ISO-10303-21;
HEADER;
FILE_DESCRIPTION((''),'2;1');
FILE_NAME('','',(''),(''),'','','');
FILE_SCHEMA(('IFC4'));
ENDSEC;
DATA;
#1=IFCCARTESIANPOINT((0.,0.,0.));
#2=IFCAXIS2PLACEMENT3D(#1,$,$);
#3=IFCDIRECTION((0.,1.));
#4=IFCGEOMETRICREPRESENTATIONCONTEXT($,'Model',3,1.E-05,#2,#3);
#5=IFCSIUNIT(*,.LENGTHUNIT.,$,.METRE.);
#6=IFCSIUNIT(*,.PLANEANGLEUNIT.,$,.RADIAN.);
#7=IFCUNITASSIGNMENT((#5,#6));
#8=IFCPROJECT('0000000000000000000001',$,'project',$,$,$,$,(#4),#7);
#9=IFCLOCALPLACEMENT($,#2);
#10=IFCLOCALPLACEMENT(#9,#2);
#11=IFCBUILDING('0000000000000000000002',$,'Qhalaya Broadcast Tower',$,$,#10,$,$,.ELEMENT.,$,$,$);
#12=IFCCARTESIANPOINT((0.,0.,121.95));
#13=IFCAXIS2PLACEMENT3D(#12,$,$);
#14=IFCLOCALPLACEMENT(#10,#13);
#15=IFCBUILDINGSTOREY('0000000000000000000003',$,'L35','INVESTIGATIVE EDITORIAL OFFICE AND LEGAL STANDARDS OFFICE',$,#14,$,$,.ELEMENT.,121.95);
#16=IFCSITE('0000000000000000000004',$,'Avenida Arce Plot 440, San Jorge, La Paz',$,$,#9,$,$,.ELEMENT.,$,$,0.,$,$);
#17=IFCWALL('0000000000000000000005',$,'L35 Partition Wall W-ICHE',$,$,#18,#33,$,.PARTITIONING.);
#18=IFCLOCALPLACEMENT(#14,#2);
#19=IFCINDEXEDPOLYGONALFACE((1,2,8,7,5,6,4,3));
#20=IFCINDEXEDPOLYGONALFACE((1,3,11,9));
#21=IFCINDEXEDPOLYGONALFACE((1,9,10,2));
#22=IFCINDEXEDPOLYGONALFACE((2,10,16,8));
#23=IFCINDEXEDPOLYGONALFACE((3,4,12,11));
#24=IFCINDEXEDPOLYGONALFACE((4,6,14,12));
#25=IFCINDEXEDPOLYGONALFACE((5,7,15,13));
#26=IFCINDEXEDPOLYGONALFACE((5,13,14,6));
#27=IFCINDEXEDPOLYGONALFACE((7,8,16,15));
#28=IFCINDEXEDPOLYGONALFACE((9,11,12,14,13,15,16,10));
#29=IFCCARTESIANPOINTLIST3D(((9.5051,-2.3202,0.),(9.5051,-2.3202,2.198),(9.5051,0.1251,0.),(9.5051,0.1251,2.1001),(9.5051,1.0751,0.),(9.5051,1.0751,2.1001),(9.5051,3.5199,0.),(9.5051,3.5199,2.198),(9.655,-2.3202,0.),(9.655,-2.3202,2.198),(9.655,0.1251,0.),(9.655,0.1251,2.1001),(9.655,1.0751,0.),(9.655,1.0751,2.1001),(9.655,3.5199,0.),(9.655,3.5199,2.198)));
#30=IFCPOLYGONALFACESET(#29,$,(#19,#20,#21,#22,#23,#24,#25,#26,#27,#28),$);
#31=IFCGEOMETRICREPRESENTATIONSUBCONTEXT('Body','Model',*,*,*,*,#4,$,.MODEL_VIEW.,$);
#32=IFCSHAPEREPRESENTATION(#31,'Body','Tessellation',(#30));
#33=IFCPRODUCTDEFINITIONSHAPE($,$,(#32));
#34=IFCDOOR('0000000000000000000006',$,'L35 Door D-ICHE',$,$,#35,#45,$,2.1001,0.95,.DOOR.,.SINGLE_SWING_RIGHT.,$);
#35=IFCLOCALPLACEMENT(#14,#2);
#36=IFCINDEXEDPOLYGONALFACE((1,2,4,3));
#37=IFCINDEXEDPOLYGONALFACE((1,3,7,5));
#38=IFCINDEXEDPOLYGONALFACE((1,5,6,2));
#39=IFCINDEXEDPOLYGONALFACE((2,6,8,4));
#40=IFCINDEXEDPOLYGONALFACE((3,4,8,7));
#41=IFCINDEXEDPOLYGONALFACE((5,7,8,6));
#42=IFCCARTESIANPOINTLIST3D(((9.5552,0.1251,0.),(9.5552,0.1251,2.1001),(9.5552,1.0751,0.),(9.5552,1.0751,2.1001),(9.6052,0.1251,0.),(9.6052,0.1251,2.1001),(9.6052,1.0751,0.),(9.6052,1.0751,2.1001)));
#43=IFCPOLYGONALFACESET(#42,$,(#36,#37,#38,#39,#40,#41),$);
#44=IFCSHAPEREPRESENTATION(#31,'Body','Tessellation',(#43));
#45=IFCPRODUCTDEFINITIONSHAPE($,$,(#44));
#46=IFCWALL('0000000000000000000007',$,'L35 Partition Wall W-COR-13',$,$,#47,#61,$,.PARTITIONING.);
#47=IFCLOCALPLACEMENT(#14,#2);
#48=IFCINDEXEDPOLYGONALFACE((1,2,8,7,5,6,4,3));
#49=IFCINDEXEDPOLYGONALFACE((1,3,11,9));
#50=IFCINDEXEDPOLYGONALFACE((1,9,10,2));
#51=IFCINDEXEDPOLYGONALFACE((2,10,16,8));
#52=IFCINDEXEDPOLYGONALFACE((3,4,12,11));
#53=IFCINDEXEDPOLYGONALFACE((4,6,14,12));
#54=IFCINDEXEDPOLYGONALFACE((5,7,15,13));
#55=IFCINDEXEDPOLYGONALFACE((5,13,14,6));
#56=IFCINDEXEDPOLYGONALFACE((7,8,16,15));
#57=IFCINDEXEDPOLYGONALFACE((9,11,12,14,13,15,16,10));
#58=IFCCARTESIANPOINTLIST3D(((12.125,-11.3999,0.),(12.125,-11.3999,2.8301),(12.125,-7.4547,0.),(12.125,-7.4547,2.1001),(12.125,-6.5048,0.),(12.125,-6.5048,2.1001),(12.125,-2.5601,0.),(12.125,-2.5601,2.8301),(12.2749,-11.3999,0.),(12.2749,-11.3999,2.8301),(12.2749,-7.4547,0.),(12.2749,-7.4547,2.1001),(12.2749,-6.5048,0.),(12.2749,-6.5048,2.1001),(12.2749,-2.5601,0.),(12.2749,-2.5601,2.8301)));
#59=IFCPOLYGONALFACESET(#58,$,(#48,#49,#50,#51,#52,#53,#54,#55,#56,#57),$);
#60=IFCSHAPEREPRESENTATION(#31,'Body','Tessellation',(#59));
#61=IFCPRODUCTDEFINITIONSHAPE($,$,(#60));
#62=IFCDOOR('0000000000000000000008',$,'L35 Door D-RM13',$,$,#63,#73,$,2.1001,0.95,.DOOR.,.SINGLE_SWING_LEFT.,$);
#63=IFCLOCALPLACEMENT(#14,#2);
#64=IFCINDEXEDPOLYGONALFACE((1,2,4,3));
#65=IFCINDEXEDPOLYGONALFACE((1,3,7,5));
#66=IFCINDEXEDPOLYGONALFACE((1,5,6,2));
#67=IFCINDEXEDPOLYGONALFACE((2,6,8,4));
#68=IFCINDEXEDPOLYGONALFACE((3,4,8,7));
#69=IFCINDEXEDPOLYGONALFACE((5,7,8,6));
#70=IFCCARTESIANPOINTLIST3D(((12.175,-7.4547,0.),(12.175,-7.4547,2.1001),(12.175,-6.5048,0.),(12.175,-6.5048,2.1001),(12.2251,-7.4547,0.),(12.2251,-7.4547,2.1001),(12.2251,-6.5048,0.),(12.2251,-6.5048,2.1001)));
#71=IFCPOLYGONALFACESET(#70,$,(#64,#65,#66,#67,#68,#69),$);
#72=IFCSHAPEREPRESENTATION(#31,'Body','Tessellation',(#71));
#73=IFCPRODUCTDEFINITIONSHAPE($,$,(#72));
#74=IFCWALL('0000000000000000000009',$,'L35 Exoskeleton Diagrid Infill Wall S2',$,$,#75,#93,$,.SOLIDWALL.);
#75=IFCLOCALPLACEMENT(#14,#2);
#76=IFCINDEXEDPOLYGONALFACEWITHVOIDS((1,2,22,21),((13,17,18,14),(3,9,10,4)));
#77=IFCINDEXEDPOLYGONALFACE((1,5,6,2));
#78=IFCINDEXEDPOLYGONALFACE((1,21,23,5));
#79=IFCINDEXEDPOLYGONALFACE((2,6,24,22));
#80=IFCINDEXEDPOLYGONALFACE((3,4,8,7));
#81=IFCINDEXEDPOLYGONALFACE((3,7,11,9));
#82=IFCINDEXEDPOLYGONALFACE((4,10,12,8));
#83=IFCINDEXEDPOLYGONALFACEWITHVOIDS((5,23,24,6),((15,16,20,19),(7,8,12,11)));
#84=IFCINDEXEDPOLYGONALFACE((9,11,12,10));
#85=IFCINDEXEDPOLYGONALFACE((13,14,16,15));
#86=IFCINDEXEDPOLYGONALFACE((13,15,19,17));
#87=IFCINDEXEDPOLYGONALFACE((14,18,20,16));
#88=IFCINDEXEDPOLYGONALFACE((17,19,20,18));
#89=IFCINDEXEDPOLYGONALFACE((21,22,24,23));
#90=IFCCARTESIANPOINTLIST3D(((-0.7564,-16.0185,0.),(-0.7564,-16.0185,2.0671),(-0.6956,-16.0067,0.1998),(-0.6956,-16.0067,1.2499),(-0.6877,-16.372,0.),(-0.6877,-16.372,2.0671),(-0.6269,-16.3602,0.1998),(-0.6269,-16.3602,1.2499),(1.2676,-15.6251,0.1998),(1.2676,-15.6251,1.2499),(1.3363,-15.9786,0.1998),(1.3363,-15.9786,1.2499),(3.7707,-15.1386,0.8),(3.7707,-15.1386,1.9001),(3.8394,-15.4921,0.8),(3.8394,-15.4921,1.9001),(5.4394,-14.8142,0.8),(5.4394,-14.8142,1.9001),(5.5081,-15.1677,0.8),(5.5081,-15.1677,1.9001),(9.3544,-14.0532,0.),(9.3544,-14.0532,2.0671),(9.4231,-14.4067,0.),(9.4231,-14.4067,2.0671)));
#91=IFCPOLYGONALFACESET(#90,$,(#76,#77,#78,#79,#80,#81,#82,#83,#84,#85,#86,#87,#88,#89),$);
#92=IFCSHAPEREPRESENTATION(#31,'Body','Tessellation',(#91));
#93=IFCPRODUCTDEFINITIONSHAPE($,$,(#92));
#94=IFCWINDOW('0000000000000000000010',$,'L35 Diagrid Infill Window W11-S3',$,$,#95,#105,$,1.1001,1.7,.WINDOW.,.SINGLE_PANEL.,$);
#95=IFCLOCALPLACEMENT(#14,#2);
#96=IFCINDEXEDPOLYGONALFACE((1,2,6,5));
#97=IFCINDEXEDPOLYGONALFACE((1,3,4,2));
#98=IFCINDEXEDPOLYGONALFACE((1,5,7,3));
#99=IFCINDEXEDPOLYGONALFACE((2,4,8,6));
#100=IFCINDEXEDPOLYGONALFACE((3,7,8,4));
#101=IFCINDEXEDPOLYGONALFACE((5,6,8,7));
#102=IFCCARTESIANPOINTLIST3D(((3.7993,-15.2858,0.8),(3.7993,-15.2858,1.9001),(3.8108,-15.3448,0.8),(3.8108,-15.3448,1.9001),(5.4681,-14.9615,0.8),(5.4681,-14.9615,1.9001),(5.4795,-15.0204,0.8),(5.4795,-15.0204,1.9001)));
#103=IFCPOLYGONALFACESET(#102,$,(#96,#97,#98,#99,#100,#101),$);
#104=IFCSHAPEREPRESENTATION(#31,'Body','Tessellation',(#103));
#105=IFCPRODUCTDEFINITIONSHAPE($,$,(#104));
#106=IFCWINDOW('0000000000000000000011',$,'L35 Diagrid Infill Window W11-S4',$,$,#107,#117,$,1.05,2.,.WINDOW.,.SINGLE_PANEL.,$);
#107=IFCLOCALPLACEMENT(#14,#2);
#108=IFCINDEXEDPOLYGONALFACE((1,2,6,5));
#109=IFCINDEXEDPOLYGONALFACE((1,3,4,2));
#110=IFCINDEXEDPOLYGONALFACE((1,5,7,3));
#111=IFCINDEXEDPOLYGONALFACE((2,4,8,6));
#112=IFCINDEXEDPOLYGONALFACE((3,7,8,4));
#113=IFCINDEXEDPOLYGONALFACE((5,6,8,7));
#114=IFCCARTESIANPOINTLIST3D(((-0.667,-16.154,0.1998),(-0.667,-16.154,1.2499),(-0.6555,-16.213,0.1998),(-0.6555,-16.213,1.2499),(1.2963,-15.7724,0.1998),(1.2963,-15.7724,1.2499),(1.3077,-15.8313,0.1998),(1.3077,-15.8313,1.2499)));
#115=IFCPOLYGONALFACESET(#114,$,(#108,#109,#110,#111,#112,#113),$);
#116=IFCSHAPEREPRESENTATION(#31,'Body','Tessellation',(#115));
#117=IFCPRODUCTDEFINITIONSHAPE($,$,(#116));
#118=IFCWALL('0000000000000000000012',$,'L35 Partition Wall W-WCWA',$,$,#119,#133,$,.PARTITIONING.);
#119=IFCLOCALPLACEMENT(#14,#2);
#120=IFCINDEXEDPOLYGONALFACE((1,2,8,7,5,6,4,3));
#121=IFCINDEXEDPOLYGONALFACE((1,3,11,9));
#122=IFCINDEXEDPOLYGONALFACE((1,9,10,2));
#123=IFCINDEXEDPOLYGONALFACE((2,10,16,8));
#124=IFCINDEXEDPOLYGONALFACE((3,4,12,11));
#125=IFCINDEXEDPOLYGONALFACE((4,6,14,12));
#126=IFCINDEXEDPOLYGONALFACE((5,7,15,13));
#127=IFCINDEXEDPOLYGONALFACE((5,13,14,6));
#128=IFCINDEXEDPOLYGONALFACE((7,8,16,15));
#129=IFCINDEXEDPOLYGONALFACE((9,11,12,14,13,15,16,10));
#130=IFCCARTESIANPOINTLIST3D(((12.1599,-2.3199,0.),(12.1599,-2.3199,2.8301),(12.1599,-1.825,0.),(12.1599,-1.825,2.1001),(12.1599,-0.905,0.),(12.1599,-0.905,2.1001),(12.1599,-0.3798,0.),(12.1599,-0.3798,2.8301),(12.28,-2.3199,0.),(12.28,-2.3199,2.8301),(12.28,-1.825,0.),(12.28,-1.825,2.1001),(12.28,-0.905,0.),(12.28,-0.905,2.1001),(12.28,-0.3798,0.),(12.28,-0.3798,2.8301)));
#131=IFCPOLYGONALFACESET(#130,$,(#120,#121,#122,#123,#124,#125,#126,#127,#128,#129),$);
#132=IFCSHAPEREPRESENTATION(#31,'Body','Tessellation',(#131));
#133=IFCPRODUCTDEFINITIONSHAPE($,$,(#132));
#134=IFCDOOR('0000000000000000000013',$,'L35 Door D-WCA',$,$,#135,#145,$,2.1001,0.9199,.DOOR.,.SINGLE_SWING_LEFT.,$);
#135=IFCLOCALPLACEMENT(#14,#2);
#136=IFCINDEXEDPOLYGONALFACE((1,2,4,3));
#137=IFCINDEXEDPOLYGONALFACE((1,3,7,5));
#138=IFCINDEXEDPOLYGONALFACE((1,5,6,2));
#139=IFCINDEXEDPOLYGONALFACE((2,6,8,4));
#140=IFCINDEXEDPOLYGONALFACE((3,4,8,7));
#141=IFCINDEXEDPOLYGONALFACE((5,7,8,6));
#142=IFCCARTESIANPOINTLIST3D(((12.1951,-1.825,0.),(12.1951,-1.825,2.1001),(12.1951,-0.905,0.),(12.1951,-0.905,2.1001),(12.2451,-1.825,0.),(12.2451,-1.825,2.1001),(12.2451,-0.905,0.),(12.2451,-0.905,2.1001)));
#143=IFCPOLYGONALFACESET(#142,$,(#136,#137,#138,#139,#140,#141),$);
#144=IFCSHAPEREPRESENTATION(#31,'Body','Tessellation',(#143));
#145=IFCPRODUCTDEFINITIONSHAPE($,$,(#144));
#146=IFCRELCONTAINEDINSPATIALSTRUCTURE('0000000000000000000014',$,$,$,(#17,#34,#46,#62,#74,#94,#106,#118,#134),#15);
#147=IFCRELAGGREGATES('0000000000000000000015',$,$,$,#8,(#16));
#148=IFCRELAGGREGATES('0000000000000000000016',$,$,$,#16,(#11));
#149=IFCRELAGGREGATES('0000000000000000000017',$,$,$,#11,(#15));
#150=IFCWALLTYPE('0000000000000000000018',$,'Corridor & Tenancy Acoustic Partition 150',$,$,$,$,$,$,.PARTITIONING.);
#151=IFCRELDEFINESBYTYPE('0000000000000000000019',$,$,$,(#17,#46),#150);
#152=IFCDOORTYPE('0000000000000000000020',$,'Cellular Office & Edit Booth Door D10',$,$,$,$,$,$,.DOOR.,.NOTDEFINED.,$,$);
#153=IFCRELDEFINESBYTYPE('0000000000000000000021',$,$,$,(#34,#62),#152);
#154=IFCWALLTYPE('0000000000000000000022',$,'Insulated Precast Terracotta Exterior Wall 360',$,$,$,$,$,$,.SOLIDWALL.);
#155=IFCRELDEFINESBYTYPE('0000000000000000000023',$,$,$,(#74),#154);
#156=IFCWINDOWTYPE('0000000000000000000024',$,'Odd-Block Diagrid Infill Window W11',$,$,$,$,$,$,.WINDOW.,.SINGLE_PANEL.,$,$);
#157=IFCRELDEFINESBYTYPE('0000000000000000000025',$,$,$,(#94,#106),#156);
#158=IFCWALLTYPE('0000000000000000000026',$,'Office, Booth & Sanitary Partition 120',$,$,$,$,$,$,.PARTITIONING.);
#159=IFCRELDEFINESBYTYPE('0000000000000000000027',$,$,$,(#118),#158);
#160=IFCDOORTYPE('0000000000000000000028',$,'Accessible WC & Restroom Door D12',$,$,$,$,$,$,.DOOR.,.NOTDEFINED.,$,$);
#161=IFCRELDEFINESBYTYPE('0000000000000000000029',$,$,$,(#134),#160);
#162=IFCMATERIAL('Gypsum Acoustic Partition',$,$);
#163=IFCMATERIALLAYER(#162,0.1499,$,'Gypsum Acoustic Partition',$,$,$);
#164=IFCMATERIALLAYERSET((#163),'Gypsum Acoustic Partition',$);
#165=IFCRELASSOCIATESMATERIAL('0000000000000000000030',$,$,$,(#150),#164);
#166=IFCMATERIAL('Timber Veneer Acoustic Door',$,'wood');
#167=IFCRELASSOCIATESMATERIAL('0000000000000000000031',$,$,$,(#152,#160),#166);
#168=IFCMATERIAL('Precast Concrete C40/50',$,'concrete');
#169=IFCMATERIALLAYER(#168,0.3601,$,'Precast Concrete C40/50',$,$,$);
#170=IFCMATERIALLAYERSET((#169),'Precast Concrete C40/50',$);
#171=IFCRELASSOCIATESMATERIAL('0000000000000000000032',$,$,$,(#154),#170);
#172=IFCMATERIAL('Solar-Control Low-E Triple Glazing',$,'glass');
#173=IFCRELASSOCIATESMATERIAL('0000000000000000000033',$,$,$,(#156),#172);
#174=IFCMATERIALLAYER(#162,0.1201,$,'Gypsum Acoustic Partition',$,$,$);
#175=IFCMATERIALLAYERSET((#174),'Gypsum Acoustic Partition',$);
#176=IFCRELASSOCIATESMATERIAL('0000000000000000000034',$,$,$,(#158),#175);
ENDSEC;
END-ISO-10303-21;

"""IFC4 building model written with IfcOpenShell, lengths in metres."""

from ifc_helpers import new_model, si_unit, direction, frame, frame_2d, origin, place, context, subcontext, project, spatial, rectangle, extrude, material, layer, layer_set, type_object, element, fill, save


model = new_model("IFC4")

# Units and contexts
model_context = context("Model", 3, precision=1e-05, world=origin(), true_north=direction((0.0, 1.0)))
body_context = subcontext(model_context, "Body", "Model", "MODEL_VIEW")
ifc_project = project(units=[si_unit("LENGTHUNIT", "METRE"), si_unit("PLANEANGLEUNIT", "RADIAN")], contexts=[model_context])

# Site, building, storey
site_placement = place(None, origin())
site = spatial("IfcSite", under=ifc_project, at=site_placement, Name="Avenida Arce Plot 440, San Jorge, La Paz", CompositionType="ELEMENT", RefElevation=0.0)
building_placement = place(site_placement, origin())
building = spatial("IfcBuilding", under=site, at=building_placement, Name="Qhalaya Broadcast Tower", CompositionType="ELEMENT")
storey_placement = place(building_placement, frame((0.0, 0.0, 121.95)))
storey = spatial("IfcBuildingStorey", under=building, at=storey_placement, Name="L35", Description="INVESTIGATIVE EDITORIAL OFFICE AND LEGAL STANDARDS OFFICE", CompositionType="ELEMENT", Elevation=121.95)

# Walls, openings, doors
ifc_material_1 = material(Name="Gypsum Acoustic Partition")
ifc_layer_1 = layer(ifc_material_1, 0.1499, Name="Gypsum Acoustic Partition")
ifc_layer_set_1 = layer_set([ifc_layer_1], Name="Gypsum Acoustic Partition")
wall_type_1 = type_object("IfcWallType", Name="Corridor & Tenancy Acoustic Partition 150", PredefinedType="PARTITIONING", material=ifc_layer_set_1)
wall_1_placement = place(storey_placement, frame((9.5801, -2.3201, 0.0), z_axis=(0.0, 0.0, 1.0), x_axis=(0.0, 1.0, 0.0)))
wall_1 = element("IfcWall", 1, at=wall_1_placement, inside=storey, type_object=wall_type_1, Name="L35 Partition Wall W-ICHE", PredefinedType="PARTITIONING", context=body_context, shape_type="SweptSolid", body=[
    extrude(rectangle(XDim=5.8401, YDim=0.1499, at=frame_2d((2.9199, 0.0))), origin(), (0.0, 0.0, 1.0), 2.198),
])
opening_1_placement = place(wall_1_placement, frame((2.4451, 0.0, 0.0)))
opening_1 = element("IfcOpeningElement", 2, at=opening_1_placement, cuts=wall_1, PredefinedType="OPENING", context=body_context, shape_type="SweptSolid", body=[
    extrude(rectangle(XDim=0.95, YDim=2.1001, at=frame_2d((0.4751, 1.05))), frame((0.0, 0.0869, 0.0), z_axis=(0.0, -1.0, 0.0), x_axis=(1.0, 0.0, 0.0)), (0.0, 0.0, 1.0), 0.1738),
])
ifc_material_2 = material(Name="Timber Veneer Acoustic Door", Category="wood")
door_type_1 = type_object("IfcDoorType", Name="Cellular Office & Edit Booth Door D10", OperationType="NOTDEFINED", PredefinedType="DOOR", material=ifc_material_2)
door_1_placement = place(opening_1_placement, origin())
door_1 = element("IfcDoor", 3, at=door_1_placement, inside=storey, type_object=door_type_1, Name="L35 Door D-ICHE", OperationType="SINGLE_SWING_RIGHT", OverallHeight=2.1001, OverallWidth=0.95, PredefinedType="DOOR", context=body_context, shape_type="SweptSolid", body=[
    extrude(rectangle(XDim=0.95, YDim=2.1001, at=frame_2d((0.4751, 1.05))), frame((0.0, 0.0249, 0.0), z_axis=(0.0, -1.0, 0.0), x_axis=(1.0, 0.0, 0.0)), (0.0, 0.0, 1.0), 0.05),
])
fill(opening_1, door_1)
wall_2_placement = place(storey_placement, frame((12.2, -11.3999, 0.0), z_axis=(0.0, 0.0, 1.0), x_axis=(0.0, 1.0, 0.0)))
wall_2 = element("IfcWall", 4, at=wall_2_placement, inside=storey, type_object=wall_type_1, Name="L35 Partition Wall W-COR-13", PredefinedType="PARTITIONING", context=body_context, shape_type="SweptSolid", body=[
    extrude(rectangle(XDim=8.8398, YDim=0.1499, at=frame_2d((4.4199, 0.0))), origin(), (0.0, 0.0, 1.0), 2.8301),
])
opening_2_placement = place(wall_2_placement, frame((3.9451, 0.0, 0.0)))
opening_2 = element("IfcOpeningElement", 5, at=opening_2_placement, cuts=wall_2, PredefinedType="OPENING", context=body_context, shape_type="SweptSolid", body=[
    extrude(rectangle(XDim=0.95, YDim=2.1001, at=frame_2d((0.4751, 1.05))), frame((0.0, 0.0869, 0.0), z_axis=(0.0, -1.0, 0.0), x_axis=(1.0, 0.0, 0.0)), (0.0, 0.0, 1.0), 0.1738),
])
door_2_placement = place(opening_2_placement, origin())
door_2 = element("IfcDoor", 6, at=door_2_placement, inside=storey, type_object=door_type_1, Name="L35 Door D-RM13", OperationType="SINGLE_SWING_LEFT", OverallHeight=2.1001, OverallWidth=0.95, PredefinedType="DOOR", context=body_context, shape_type="SweptSolid", body=[
    extrude(rectangle(XDim=0.95, YDim=2.1001, at=frame_2d((0.4751, 1.05))), frame((0.0, 0.0249, 0.0), z_axis=(0.0, -1.0, 0.0), x_axis=(1.0, 0.0, 0.0)), (0.0, 0.0, 1.0), 0.05),
])
fill(opening_2, door_2)

# Wall, openings, windows
ifc_material_3 = material(Name="Precast Concrete C40/50", Category="concrete")
ifc_layer_2 = layer(ifc_material_3, 0.3601, Name="Precast Concrete C40/50")
ifc_layer_set_2 = layer_set([ifc_layer_2], Name="Precast Concrete C40/50")
wall_type_2 = type_object("IfcWallType", Name="Insulated Precast Terracotta Exterior Wall 360", PredefinedType="SOLIDWALL", material=ifc_layer_set_2)
wall_3_placement = place(storey_placement, frame((9.3887, -14.23, 0.0), z_axis=(0.0, 0.0, 1.0), x_axis=(-0.981627, -0.190807, 0.0)))
wall_3 = element("IfcWall", 7, at=wall_3_placement, inside=storey, type_object=wall_type_2, Name="L35 Exoskeleton Diagrid Infill Wall S2", PredefinedType="SOLIDWALL", context=body_context, shape_type="SweptSolid", body=[
    extrude(rectangle(XDim=10.3, YDim=0.3601, at=frame_2d((5.1499, 0.0))), origin(), (0.0, 0.0, 1.0), 2.0671),
])
opening_3_placement = place(wall_3_placement, frame((3.988, 0.0, 0.8)))
opening_3 = element("IfcOpeningElement", 8, at=opening_3_placement, cuts=wall_3, PredefinedType="OPENING", context=body_context, shape_type="SweptSolid", body=[
    extrude(rectangle(XDim=1.7, YDim=1.1001, at=frame_2d((0.8501, 0.55))), frame((0.0, 0.1921, 0.0), z_axis=(0.0, -1.0, 0.0), x_axis=(1.0, 0.0, 0.0)), (0.0, 0.0, 1.0), 0.384),
])
opening_4_placement = place(wall_3_placement, frame((8.238, 0.0, 0.2)))
opening_4 = element("IfcOpeningElement", 9, at=opening_4_placement, cuts=wall_3, PredefinedType="OPENING", context=body_context, shape_type="SweptSolid", body=[
    extrude(rectangle(XDim=2.0, YDim=1.05, at=frame_2d((1.0, 0.5249))), frame((0.0, 0.1921, 0.0), z_axis=(0.0, -1.0, 0.0), x_axis=(1.0, 0.0, 0.0)), (0.0, 0.0, 1.0), 0.384),
])
ifc_material_4 = material(Name="Solar-Control Low-E Triple Glazing", Category="glass")
window_type = type_object("IfcWindowType", Name="Odd-Block Diagrid Infill Window W11", PartitioningType="SINGLE_PANEL", PredefinedType="WINDOW", material=ifc_material_4)
window_1_placement = place(opening_3_placement, origin())
window_1 = element("IfcWindow", 10, at=window_1_placement, inside=storey, type_object=window_type, Name="L35 Diagrid Infill Window W11-S3", OverallHeight=1.1001, OverallWidth=1.7, PartitioningType="SINGLE_PANEL", PredefinedType="WINDOW", context=body_context, shape_type="SweptSolid", body=[
    extrude(rectangle(XDim=1.7, YDim=1.1001, at=frame_2d((0.8501, 0.55))), frame((0.0, 0.03, 0.0), z_axis=(0.0, -1.0, 0.0), x_axis=(1.0, 0.0, 0.0)), (0.0, 0.0, 1.0), 0.0601),
])
fill(opening_3, window_1)
window_2_placement = place(opening_4_placement, origin())
window_2 = element("IfcWindow", 11, at=window_2_placement, inside=storey, type_object=window_type, Name="L35 Diagrid Infill Window W11-S4", OverallHeight=1.05, OverallWidth=2.0, PartitioningType="SINGLE_PANEL", PredefinedType="WINDOW", context=body_context, shape_type="SweptSolid", body=[
    extrude(rectangle(XDim=2.0, YDim=1.05, at=frame_2d((1.0, 0.5249))), frame((0.0, 0.03, 0.0), z_axis=(0.0, -1.0, 0.0), x_axis=(1.0, 0.0, 0.0)), (0.0, 0.0, 1.0), 0.0601),
])
fill(opening_4, window_2)

# Wall, opening, door
ifc_layer_3 = layer(ifc_material_1, 0.1201, Name="Gypsum Acoustic Partition")
ifc_layer_set_3 = layer_set([ifc_layer_3], Name="Gypsum Acoustic Partition")
wall_type_3 = type_object("IfcWallType", Name="Office, Booth & Sanitary Partition 120", PredefinedType="PARTITIONING", material=ifc_layer_set_3)
wall_4_placement = place(storey_placement, frame((12.22, -2.3201, 0.0), z_axis=(0.0, 0.0, 1.0), x_axis=(0.0, 1.0, 0.0)))
wall_4 = element("IfcWall", 12, at=wall_4_placement, inside=storey, type_object=wall_type_3, Name="L35 Partition Wall W-WCWA", PredefinedType="PARTITIONING", context=body_context, shape_type="SweptSolid", body=[
    extrude(rectangle(XDim=1.9402, YDim=0.1201, at=frame_2d((0.9702, 0.0))), origin(), (0.0, 0.0, 1.0), 2.8301),
])
opening_5_placement = place(wall_4_placement, frame((0.4951, 0.0, 0.0)))
opening_5 = element("IfcOpeningElement", 13, at=opening_5_placement, cuts=wall_4, PredefinedType="OPENING", context=body_context, shape_type="SweptSolid", body=[
    extrude(rectangle(XDim=0.9199, YDim=2.1001, at=frame_2d((0.46, 1.05))), frame((0.0, 0.072, 0.0), z_axis=(0.0, -1.0, 0.0), x_axis=(1.0, 0.0, 0.0)), (0.0, 0.0, 1.0), 0.144),
])
door_type_2 = type_object("IfcDoorType", Name="Accessible WC & Restroom Door D12", OperationType="NOTDEFINED", PredefinedType="DOOR", material=ifc_material_2)
door_3_placement = place(opening_5_placement, origin())
door_3 = element("IfcDoor", 14, at=door_3_placement, inside=storey, type_object=door_type_2, Name="L35 Door D-WCA", OperationType="SINGLE_SWING_LEFT", OverallHeight=2.1001, OverallWidth=0.9199, PredefinedType="DOOR", context=body_context, shape_type="SweptSolid", body=[
    extrude(rectangle(XDim=0.9199, YDim=2.1001, at=frame_2d((0.46, 1.05))), frame((0.0, 0.0249, 0.0), z_axis=(0.0, -1.0, 0.0), x_axis=(1.0, 0.0, 0.0)), (0.0, 0.0, 1.0), 0.05),
])
fill(opening_5, door_3)

save(model, "model.ifc")
